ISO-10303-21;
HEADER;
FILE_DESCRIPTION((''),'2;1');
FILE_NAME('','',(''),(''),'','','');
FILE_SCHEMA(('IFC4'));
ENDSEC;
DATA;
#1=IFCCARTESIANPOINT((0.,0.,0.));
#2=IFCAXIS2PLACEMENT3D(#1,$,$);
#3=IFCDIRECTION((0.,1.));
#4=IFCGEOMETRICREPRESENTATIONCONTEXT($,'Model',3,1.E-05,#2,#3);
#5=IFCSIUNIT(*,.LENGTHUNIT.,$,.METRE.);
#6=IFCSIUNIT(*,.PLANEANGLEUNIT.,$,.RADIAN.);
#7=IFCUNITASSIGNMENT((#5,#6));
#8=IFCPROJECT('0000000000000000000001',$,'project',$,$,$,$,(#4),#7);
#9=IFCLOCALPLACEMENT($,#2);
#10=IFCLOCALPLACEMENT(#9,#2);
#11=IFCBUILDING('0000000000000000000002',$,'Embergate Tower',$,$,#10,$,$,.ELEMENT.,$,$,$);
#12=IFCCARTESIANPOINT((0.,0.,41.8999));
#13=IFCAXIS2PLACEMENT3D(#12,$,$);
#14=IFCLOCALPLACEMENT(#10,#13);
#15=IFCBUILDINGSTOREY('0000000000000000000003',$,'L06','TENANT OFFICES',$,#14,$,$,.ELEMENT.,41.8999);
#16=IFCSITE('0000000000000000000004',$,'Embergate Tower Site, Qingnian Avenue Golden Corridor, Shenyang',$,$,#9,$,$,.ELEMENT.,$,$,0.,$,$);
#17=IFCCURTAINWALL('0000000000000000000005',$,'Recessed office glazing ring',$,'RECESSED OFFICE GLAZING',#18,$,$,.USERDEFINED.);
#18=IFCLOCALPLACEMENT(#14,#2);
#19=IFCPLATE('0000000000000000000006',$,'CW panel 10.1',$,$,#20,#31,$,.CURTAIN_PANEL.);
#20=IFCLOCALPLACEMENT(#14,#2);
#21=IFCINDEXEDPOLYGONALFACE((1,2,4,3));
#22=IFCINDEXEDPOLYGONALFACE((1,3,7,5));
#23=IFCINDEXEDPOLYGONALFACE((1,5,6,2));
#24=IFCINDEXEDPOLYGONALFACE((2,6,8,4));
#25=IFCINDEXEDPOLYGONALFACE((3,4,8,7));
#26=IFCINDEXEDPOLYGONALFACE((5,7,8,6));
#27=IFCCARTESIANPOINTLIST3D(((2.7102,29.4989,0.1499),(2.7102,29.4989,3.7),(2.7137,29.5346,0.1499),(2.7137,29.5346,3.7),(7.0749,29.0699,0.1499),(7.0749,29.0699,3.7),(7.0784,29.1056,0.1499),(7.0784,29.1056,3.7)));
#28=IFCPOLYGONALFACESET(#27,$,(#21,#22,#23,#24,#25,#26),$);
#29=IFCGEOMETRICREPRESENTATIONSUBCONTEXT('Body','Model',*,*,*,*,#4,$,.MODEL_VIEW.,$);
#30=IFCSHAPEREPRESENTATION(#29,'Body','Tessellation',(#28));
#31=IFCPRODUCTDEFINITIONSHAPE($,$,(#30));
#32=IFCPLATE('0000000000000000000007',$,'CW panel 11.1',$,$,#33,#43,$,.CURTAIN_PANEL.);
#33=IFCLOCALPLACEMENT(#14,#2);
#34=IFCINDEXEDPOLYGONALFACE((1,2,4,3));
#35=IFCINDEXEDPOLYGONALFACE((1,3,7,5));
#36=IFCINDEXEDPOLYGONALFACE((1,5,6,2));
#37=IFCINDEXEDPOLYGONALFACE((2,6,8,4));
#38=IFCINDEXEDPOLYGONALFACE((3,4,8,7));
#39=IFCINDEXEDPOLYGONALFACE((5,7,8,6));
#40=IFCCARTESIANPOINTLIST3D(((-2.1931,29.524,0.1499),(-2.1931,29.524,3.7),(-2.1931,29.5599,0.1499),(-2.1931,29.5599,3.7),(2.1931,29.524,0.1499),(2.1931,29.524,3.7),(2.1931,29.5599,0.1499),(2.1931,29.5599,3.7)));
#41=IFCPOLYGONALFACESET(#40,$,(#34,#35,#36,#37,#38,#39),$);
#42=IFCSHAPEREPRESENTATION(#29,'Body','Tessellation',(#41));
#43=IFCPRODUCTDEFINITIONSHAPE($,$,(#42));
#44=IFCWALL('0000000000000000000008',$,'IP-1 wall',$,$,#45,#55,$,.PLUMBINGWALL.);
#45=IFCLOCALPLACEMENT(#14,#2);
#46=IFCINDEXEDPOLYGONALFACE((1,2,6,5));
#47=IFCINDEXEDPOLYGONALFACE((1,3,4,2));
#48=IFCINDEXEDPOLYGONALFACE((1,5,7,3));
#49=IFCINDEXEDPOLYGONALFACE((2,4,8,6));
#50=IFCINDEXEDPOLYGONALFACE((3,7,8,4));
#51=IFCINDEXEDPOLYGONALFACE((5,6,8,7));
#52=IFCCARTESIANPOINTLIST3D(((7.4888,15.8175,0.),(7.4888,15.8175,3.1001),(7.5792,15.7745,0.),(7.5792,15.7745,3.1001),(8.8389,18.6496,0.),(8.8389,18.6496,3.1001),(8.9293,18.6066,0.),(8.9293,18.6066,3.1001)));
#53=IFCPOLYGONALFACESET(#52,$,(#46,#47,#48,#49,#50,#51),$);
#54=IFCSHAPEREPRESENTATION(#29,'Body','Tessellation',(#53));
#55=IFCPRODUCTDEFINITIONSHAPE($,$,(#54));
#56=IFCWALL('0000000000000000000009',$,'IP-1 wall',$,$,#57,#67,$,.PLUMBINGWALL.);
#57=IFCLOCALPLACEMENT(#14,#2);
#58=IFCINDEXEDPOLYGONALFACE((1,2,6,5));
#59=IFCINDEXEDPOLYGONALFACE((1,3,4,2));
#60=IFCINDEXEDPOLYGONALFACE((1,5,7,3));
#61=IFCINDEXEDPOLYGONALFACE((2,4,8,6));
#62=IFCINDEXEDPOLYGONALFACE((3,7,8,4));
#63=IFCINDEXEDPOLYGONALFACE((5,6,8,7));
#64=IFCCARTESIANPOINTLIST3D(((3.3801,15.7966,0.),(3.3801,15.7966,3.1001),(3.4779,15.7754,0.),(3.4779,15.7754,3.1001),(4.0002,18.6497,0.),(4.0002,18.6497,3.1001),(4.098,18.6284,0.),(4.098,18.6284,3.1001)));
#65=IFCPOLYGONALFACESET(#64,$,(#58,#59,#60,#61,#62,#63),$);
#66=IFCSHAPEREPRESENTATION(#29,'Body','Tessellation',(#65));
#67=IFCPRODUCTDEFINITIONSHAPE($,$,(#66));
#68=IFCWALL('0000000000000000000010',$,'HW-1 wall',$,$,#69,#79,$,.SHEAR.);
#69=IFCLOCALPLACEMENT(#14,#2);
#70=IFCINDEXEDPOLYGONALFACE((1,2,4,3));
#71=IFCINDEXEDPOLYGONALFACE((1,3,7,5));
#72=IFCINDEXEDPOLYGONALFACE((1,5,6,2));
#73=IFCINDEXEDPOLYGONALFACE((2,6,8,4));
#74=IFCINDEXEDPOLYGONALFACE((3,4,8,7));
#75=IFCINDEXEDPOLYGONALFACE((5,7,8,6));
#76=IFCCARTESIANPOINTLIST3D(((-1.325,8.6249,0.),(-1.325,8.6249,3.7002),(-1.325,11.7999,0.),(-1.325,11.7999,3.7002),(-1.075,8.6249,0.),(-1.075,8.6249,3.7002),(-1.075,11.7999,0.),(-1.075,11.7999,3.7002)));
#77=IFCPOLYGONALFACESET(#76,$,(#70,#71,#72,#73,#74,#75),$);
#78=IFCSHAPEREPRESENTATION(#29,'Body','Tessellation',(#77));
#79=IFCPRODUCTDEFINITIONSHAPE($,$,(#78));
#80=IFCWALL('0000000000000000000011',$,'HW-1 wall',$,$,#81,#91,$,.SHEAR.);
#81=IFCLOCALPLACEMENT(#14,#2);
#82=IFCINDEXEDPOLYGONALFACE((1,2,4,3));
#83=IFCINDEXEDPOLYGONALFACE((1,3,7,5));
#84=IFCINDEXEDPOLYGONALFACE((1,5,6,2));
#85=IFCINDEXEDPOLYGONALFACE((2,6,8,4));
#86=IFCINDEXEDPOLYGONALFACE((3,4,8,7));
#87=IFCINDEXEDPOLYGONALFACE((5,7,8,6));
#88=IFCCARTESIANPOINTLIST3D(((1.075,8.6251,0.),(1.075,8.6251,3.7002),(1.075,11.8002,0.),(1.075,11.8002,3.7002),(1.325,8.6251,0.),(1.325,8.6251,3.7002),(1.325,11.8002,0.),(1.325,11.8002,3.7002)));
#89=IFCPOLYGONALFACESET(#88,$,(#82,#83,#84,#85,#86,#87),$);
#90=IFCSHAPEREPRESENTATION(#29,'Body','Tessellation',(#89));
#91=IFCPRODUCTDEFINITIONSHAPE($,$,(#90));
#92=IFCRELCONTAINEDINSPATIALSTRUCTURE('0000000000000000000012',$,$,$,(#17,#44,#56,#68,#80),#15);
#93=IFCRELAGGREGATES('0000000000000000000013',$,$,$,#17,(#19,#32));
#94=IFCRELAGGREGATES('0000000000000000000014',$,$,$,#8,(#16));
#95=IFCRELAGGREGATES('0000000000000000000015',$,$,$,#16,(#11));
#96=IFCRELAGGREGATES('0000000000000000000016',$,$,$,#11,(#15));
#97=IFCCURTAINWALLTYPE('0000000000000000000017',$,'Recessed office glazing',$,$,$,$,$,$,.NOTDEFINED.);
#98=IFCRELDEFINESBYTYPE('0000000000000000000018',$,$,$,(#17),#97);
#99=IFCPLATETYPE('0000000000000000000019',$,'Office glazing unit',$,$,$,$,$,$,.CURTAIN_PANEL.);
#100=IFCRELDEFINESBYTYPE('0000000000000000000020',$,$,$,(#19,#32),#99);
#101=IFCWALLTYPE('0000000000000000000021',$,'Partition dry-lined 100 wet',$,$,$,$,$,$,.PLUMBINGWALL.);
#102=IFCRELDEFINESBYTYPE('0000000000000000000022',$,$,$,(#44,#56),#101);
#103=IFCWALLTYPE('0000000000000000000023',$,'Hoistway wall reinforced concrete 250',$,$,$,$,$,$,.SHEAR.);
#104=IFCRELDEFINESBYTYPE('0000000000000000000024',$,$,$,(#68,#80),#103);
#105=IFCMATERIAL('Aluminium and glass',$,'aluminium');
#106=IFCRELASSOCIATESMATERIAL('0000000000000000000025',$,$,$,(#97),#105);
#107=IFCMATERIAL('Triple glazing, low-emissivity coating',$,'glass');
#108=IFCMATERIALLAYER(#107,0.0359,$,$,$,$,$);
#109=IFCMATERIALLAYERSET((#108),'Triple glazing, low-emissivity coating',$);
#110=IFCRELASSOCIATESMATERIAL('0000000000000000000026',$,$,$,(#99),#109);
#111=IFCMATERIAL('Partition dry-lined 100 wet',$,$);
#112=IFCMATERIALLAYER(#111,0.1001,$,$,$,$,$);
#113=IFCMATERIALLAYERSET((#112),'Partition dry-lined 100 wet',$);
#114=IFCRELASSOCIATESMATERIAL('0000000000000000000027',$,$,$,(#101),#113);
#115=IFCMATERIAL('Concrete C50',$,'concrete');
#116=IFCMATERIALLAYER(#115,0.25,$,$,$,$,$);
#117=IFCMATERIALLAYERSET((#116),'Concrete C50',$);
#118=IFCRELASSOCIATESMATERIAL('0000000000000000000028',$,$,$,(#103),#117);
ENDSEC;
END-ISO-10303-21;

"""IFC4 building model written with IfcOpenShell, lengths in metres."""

from ifc_helpers import new_model, si_unit, direction, frame, frame_2d, origin, origin_2d, place, context, subcontext, project, spatial, rectangle, extrude, source, transform, mapped, material, layer, layer_set, type_object, element, aggregate, save


model = new_model("IFC4")

# Units and contexts
model_context = context("Model", 3, precision=1e-05, world=origin(), true_north=direction((0.0, 1.0)))
body_context = subcontext(model_context, "Body", "Model", "MODEL_VIEW")
ifc_project = project(units=[si_unit("LENGTHUNIT", "METRE"), si_unit("PLANEANGLEUNIT", "RADIAN")], contexts=[model_context])

# Site, building, storey
site_placement = place(None, origin())
site = spatial("IfcSite", under=ifc_project, at=site_placement, Name="Embergate Tower Site, Qingnian Avenue Golden Corridor, Shenyang", CompositionType="ELEMENT", RefElevation=0.0)
building_placement = place(site_placement, origin())
building = spatial("IfcBuilding", under=site, at=building_placement, Name="Embergate Tower", CompositionType="ELEMENT")
storey_placement = place(building_placement, frame((0.0, 0.0, 41.8999)))
storey = spatial("IfcBuildingStorey", under=building, at=storey_placement, Name="L06", Description="TENANT OFFICES", CompositionType="ELEMENT", Elevation=41.8999)

# Curtain wall, plates
ifc_material_1 = material(Name="Aluminium and glass", Category="aluminium")
curtain_wall_type = type_object("IfcCurtainWallType", Name="Recessed office glazing", PredefinedType="NOTDEFINED", material=ifc_material_1)
curtain_wall_placement = place(storey_placement, origin())
curtain_wall = element("IfcCurtainWall", 1, at=curtain_wall_placement, inside=storey, type_object=curtain_wall_type, Name="Recessed office glazing ring", ObjectType="RECESSED OFFICE GLAZING", PredefinedType="USERDEFINED")
ifc_material_2 = material(Name="Triple glazing, low-emissivity coating", Category="glass")
ifc_layer_1 = layer(ifc_material_2, 0.0359)
ifc_layer_set_1 = layer_set([ifc_layer_1], Name="Triple glazing, low-emissivity coating")
plate_type = type_object("IfcPlateType", Name="Office glazing unit", PredefinedType="CURTAIN_PANEL", material=ifc_layer_set_1)
shared_shape_1 = source(origin(), body_context, "Body", "SweptSolid", [
    extrude(rectangle(XDim=4.3857, YDim=0.0359, at=origin_2d()), origin(), (0.0, 0.0, 1.0), 3.55),
])
plate_1_placement = place(storey_placement, frame((4.8943, 29.3022, 0.1499), z_axis=(0.0, 0.0, 1.0), x_axis=(-0.995203, 0.09783, 0.0)))
plate_1 = element("IfcPlate", 2, at=plate_1_placement, type_object=plate_type, Name="CW panel 10.1", PredefinedType="CURTAIN_PANEL", context=body_context, shape_type="MappedRepresentation", body=[
    mapped(shared_shape_1, transform((0.0, 0.0, 0.0))),
])
shared_shape_2 = source(origin(), body_context, "Body", "SweptSolid", [
    extrude(rectangle(XDim=4.3862, YDim=0.0359, at=origin_2d()), origin(), (0.0, 0.0, 1.0), 3.55),
])
plate_2_placement = place(storey_placement, frame((0.0, 29.542, 0.1499), z_axis=(0.0, 0.0, 1.0), x_axis=(-1.0, 0.0, 0.0)))
plate_2 = element("IfcPlate", 3, at=plate_2_placement, type_object=plate_type, Name="CW panel 11.1", PredefinedType="CURTAIN_PANEL", context=body_context, shape_type="MappedRepresentation", body=[
    mapped(shared_shape_2, transform((0.0, 0.0, 0.0))),
])
aggregate(curtain_wall, [plate_1, plate_2])

# Walls
ifc_material_3 = material(Name="Partition dry-lined 100 wet")
ifc_layer_2 = layer(ifc_material_3, 0.1001)
ifc_layer_set_2 = layer_set([ifc_layer_2], Name="Partition dry-lined 100 wet")
wall_type_1 = type_object("IfcWallType", Name="Partition dry-lined 100 wet", PredefinedType="PLUMBINGWALL", material=ifc_layer_set_2)
shared_shape_3 = source(origin(), body_context, "Body", "SweptSolid", [
    extrude(rectangle(XDim=3.1375, YDim=0.1001, at=frame_2d((1.5688, 0.0))), origin(), (0.0, 0.0, 1.0), 3.1001),
])
wall_1_placement = place(storey_placement, frame((7.5339, 15.7959, 0.0), z_axis=(0.0, 0.0, 1.0), x_axis=(0.430326, 0.902673, 0.0)))
element("IfcWall", 4, at=wall_1_placement, inside=storey, type_object=wall_type_1, Name="IP-1 wall", PredefinedType="PLUMBINGWALL", context=body_context, shape_type="MappedRepresentation", body=[
    mapped(shared_shape_3, transform((0.0, 0.0, 0.0))),
])
shared_shape_4 = source(origin(), body_context, "Body", "SweptSolid", [
    extrude(rectangle(XDim=2.9197, YDim=0.1001, at=frame_2d((1.46, 0.0))), origin(), (0.0, 0.0, 1.0), 3.1001),
])
wall_2_placement = place(storey_placement, frame((3.429, 15.7859, 0.0), z_axis=(0.0, 0.0, 1.0), x_axis=(0.212395, 0.977184, 0.0)))
element("IfcWall", 5, at=wall_2_placement, inside=storey, type_object=wall_type_1, Name="IP-1 wall", PredefinedType="PLUMBINGWALL", context=body_context, shape_type="MappedRepresentation", body=[
    mapped(shared_shape_4, transform((0.0, 0.0, 0.0))),
])
ifc_material_4 = material(Name="Concrete C50", Category="concrete")
ifc_layer_3 = layer(ifc_material_4, 0.25)
ifc_layer_set_3 = layer_set([ifc_layer_3], Name="Concrete C50")
wall_type_2 = type_object("IfcWallType", Name="Hoistway wall reinforced concrete 250", PredefinedType="SHEAR", material=ifc_layer_set_3)
shared_shape_5 = source(origin(), body_context, "Body", "SweptSolid", [
    extrude(rectangle(XDim=3.175, YDim=0.25, at=frame_2d((1.5874, 0.0))), origin(), (0.0, 0.0, 1.0), 3.7002),
])
for number, where, z_axis, x_axis, name in (
    (6, (-1.2, 8.625, 0.0), (0.0, 0.0, 1.0), (0.0, 1.0, 0.0), "HW-1 wall"),
    (7, (1.2, 11.8, 0.0), (0.0, 0.0, 1.0), (0.0, -1.0, 0.0), "HW-1 wall"),
):
    element("IfcWall", number, at=place(storey_placement, frame(where, z_axis=z_axis, x_axis=x_axis)), inside=storey, type_object=wall_type_2, Name=name, PredefinedType="SHEAR", context=body_context, shape_type="MappedRepresentation", body=[
        mapped(shared_shape_5, transform((0.0, 0.0, 0.0))),
    ])

save(model, "model.ifc")
